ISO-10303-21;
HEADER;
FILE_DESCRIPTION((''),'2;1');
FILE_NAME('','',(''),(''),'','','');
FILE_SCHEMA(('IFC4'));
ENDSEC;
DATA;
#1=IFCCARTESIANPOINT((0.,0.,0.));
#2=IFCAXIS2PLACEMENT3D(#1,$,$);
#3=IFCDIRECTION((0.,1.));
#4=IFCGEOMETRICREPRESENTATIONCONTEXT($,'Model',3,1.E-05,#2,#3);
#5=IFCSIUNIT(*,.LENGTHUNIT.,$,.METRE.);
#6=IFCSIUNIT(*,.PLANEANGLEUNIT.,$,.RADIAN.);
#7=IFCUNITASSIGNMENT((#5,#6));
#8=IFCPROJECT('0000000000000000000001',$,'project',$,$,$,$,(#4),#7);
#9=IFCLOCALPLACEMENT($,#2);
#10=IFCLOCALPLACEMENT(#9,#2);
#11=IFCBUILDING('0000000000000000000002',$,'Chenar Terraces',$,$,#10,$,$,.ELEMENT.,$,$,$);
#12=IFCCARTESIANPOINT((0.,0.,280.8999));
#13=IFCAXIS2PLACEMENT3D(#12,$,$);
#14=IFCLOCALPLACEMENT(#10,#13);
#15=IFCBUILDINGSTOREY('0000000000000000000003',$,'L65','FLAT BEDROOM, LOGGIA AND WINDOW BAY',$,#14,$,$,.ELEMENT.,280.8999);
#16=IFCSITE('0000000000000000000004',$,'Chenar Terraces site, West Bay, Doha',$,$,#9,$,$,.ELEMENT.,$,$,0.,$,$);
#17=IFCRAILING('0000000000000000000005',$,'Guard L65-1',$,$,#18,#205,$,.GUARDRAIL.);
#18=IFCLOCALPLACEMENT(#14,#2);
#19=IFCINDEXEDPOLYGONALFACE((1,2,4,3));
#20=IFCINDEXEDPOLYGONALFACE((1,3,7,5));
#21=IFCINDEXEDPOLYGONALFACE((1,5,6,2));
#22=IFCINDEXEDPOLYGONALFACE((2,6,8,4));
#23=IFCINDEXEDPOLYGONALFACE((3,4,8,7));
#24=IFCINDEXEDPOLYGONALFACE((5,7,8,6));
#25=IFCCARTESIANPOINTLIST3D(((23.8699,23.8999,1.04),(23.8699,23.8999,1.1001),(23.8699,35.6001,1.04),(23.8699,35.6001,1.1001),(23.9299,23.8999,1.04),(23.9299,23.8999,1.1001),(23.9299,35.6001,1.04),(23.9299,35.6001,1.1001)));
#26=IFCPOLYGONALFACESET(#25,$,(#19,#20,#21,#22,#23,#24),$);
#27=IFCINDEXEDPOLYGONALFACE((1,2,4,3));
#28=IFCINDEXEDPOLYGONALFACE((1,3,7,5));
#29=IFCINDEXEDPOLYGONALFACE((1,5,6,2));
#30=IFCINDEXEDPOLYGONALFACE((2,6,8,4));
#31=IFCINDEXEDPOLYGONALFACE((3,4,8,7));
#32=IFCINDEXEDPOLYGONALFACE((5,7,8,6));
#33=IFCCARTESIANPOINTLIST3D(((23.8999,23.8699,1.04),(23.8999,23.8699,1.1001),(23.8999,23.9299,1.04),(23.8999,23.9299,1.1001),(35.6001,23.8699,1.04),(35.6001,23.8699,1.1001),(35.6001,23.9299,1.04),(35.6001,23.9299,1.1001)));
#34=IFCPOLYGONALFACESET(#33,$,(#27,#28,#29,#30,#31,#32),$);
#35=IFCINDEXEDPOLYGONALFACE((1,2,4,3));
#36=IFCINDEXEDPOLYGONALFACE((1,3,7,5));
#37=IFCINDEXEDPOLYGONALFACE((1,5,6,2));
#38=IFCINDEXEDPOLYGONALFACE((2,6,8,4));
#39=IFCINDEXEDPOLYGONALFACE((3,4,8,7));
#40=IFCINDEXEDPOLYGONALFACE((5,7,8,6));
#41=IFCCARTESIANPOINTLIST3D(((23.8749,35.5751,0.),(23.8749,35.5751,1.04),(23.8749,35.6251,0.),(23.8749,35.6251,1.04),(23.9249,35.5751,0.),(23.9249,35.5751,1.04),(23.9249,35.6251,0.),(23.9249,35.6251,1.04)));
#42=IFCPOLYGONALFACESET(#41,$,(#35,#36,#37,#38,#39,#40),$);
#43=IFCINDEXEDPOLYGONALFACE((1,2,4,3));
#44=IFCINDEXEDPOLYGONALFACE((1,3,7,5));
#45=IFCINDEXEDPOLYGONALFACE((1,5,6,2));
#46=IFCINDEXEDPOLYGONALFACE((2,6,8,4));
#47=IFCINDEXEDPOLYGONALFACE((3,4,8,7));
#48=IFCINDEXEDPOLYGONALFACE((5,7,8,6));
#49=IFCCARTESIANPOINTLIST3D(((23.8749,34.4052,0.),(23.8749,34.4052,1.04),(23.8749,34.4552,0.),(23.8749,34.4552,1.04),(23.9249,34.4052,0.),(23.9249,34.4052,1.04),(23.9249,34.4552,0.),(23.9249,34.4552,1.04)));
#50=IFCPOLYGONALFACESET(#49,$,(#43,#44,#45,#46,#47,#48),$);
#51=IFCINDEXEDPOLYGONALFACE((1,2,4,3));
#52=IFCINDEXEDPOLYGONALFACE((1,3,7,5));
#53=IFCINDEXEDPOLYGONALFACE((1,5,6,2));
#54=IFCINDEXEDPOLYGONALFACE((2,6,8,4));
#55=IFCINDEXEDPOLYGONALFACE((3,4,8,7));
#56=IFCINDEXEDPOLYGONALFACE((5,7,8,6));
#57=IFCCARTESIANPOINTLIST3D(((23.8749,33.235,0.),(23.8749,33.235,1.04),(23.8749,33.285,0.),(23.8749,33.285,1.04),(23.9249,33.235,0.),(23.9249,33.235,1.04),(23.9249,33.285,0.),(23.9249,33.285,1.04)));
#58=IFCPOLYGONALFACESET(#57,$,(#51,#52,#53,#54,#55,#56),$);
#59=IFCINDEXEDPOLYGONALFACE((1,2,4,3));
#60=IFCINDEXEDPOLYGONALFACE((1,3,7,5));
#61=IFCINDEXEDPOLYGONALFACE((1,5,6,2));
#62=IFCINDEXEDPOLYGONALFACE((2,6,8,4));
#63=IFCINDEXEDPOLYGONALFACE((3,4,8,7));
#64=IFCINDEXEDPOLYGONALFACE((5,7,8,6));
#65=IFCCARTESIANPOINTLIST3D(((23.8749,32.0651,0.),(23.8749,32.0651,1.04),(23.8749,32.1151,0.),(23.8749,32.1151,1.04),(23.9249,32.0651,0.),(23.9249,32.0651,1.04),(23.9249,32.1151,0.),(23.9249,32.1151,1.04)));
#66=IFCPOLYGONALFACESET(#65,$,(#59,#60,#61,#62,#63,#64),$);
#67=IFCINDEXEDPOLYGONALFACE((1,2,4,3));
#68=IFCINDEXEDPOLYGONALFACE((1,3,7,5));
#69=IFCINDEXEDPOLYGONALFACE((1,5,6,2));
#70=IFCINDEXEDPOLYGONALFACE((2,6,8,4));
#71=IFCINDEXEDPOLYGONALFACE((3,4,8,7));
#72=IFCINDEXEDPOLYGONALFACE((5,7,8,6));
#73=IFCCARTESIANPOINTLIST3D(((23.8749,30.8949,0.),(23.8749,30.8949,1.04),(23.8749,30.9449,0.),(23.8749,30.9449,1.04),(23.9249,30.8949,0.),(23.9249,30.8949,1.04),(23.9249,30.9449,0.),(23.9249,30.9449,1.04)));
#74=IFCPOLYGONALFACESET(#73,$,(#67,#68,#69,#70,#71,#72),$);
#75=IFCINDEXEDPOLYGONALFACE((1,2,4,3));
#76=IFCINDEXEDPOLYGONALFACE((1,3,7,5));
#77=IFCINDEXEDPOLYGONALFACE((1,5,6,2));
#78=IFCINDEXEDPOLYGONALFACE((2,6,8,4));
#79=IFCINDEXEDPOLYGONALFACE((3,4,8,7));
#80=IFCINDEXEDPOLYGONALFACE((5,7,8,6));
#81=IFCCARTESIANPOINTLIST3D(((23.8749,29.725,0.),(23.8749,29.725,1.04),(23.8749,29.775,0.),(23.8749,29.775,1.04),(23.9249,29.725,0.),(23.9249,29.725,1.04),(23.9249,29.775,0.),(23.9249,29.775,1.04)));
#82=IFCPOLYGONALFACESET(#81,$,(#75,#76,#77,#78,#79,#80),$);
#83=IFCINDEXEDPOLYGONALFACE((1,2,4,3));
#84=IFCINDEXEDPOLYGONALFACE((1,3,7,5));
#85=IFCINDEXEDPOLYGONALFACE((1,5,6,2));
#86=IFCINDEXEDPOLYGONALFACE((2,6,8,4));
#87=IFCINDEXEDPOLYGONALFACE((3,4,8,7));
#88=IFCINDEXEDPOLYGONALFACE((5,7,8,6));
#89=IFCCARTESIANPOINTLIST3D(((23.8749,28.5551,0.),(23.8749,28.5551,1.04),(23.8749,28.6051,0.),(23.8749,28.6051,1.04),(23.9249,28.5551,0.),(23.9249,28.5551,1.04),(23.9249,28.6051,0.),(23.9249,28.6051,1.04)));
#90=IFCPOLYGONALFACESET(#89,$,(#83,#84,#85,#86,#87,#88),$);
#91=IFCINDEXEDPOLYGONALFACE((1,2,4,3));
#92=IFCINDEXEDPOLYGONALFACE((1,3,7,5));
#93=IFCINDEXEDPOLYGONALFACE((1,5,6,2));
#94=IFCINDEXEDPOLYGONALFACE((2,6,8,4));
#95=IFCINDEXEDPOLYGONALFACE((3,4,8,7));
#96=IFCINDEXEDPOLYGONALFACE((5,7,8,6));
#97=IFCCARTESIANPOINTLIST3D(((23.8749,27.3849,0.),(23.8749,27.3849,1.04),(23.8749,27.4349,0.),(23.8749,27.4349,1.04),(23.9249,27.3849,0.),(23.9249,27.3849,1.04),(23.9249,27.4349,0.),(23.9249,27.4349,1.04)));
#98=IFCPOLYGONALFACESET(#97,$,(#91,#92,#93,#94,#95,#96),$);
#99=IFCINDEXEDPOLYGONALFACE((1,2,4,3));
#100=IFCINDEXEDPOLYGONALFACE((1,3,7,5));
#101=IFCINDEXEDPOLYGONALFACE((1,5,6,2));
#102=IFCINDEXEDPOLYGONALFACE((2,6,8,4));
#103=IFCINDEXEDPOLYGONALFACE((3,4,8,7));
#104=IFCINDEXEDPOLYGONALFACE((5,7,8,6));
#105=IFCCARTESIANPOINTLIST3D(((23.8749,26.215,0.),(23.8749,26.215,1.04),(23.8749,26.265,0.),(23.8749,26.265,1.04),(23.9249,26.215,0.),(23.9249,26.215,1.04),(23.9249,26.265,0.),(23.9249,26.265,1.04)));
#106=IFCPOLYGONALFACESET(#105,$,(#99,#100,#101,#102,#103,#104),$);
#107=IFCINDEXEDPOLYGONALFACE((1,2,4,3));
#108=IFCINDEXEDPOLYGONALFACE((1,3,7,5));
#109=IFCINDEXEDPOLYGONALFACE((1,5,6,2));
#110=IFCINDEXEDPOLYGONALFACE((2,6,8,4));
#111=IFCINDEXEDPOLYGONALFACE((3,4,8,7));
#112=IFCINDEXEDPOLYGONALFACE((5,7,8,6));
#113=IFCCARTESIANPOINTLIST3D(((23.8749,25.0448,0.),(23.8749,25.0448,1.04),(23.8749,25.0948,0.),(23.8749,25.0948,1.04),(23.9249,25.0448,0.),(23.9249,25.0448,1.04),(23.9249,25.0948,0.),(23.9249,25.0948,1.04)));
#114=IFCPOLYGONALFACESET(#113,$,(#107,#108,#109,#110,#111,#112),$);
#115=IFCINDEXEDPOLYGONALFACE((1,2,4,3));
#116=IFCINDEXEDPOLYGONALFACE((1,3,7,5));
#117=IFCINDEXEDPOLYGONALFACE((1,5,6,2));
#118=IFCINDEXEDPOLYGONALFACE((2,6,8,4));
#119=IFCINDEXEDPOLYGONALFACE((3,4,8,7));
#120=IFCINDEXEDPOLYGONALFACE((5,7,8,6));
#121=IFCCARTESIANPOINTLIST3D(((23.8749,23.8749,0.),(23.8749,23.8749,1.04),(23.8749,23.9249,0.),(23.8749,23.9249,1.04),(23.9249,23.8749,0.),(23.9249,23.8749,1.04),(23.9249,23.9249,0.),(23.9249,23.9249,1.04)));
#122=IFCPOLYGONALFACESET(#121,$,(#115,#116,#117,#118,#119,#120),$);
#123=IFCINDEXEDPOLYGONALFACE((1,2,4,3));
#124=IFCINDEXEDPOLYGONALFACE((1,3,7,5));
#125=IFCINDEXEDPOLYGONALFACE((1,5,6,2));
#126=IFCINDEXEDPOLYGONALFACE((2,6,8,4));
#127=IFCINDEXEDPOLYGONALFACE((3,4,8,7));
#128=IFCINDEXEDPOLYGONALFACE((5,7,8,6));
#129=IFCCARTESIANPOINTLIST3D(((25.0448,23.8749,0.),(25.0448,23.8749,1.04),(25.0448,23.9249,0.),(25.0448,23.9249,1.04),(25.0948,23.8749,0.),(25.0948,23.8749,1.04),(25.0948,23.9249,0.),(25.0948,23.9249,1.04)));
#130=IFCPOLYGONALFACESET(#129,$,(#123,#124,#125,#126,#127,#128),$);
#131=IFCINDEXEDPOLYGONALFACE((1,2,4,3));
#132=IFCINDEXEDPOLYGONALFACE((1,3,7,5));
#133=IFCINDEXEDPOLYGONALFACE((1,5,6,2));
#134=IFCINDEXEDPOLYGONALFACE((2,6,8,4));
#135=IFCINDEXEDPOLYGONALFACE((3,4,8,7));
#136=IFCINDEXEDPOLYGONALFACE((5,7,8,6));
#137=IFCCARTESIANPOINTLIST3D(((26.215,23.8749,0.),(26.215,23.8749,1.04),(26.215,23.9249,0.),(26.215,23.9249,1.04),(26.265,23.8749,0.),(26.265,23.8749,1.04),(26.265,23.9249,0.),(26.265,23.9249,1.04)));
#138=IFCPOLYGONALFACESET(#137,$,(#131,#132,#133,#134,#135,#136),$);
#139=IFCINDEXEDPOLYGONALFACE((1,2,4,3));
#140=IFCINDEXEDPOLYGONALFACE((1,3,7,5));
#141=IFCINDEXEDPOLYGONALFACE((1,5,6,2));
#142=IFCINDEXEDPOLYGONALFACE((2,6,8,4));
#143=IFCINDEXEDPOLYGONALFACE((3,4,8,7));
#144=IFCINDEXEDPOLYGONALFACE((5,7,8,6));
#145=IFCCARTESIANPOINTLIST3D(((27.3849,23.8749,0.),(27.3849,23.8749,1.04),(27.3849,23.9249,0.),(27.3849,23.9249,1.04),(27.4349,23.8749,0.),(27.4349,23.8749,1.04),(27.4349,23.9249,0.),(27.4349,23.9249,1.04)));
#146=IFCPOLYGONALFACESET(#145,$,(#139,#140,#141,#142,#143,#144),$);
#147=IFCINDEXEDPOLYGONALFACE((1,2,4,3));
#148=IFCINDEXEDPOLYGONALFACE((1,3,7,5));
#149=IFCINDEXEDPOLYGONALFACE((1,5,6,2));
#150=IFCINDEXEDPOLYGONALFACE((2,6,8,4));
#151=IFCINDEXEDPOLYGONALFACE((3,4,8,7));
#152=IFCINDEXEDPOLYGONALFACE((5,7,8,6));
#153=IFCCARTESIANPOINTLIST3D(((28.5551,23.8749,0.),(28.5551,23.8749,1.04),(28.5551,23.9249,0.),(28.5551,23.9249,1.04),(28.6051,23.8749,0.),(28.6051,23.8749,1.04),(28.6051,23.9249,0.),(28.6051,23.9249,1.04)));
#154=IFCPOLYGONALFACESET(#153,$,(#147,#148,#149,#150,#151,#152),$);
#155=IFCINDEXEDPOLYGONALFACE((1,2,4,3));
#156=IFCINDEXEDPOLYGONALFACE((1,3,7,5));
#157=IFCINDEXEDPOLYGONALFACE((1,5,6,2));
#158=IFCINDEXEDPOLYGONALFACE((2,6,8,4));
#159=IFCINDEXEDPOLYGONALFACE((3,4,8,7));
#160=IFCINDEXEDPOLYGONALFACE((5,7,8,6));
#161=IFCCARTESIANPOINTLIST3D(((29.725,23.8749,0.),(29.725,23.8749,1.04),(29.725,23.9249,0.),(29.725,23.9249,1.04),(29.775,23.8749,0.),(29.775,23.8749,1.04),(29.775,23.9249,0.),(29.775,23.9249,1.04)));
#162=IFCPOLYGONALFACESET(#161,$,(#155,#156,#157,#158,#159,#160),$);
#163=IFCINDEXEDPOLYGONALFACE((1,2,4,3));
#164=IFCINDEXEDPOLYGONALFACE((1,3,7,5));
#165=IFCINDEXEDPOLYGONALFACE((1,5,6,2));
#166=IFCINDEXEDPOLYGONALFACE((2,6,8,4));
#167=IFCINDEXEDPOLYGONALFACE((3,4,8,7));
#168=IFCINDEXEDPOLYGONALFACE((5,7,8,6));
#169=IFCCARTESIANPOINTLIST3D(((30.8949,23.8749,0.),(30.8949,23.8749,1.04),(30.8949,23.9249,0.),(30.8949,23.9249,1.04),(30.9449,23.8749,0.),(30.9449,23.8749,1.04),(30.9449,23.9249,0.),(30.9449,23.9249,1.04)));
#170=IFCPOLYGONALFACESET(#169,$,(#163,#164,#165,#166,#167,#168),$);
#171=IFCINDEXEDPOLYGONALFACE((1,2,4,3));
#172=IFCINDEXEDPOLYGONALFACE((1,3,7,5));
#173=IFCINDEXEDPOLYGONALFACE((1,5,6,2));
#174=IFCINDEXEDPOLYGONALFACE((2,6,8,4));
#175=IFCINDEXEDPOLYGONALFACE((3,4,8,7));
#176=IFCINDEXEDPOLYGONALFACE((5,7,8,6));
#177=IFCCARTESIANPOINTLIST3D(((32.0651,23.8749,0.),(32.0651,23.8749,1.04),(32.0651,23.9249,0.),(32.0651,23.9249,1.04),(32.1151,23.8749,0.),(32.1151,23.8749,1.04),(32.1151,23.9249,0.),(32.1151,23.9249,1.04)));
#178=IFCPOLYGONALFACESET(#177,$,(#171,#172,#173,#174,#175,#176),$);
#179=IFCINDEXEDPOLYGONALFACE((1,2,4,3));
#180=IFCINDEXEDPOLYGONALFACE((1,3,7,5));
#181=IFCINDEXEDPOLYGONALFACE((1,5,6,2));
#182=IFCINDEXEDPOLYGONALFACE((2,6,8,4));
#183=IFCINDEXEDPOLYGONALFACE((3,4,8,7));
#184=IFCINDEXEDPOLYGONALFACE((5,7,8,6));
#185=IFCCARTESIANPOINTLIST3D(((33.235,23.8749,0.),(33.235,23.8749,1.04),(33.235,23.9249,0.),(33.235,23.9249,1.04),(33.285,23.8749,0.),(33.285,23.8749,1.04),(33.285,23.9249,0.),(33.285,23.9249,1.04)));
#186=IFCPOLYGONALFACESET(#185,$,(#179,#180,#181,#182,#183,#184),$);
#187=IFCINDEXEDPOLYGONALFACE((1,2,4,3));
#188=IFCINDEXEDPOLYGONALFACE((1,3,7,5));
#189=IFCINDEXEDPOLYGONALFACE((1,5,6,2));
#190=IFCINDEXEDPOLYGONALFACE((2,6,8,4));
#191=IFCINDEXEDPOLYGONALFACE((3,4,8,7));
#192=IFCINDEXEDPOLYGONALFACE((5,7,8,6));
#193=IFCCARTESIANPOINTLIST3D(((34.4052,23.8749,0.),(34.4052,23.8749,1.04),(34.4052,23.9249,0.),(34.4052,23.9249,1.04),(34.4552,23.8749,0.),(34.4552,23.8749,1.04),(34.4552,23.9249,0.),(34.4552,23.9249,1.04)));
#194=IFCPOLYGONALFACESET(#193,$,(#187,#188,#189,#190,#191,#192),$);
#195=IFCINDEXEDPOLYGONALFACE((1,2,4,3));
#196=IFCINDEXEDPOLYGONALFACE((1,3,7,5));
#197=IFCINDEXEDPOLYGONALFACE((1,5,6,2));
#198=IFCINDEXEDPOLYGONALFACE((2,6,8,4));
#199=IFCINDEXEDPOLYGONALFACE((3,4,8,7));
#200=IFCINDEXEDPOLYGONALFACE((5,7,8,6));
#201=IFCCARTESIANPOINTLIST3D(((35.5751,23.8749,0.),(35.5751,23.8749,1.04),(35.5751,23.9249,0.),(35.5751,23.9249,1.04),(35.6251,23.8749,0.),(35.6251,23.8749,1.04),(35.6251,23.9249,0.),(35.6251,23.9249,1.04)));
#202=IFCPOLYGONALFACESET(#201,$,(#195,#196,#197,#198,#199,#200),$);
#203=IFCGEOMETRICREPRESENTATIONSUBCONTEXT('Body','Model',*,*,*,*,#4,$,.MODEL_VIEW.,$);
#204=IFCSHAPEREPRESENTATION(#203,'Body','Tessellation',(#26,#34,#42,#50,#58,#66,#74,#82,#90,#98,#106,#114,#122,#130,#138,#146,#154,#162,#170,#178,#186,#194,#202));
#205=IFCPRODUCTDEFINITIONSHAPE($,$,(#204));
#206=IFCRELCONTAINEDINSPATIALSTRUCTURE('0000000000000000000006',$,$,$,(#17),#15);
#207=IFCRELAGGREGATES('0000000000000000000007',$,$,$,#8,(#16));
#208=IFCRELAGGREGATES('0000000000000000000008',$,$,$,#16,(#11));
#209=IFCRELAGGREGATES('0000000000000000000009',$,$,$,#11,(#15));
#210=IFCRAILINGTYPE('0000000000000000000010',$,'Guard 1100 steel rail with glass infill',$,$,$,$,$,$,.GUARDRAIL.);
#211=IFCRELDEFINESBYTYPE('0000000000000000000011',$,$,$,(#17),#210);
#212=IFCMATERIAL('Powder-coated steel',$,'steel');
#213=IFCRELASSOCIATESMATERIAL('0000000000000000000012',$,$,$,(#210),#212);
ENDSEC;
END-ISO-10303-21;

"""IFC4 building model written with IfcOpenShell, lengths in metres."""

from ifc_helpers import new_model, si_unit, direction, frame, origin, origin_2d, place, context, subcontext, project, spatial, rectangle, extrude, material, type_object, element, save


model = new_model("IFC4")

# Units and contexts
model_context = context("Model", 3, precision=1e-05, world=origin(), true_north=direction((0.0, 1.0)))
body_context = subcontext(model_context, "Body", "Model", "MODEL_VIEW")
ifc_project = project(units=[si_unit("LENGTHUNIT", "METRE"), si_unit("PLANEANGLEUNIT", "RADIAN")], contexts=[model_context])

# Site, building, storey
site_placement = place(None, origin())
site = spatial("IfcSite", under=ifc_project, at=site_placement, Name="Chenar Terraces site, West Bay, Doha", CompositionType="ELEMENT", RefElevation=0.0)
building_placement = place(site_placement, origin())
building = spatial("IfcBuilding", under=site, at=building_placement, Name="Chenar Terraces", CompositionType="ELEMENT")
storey_placement = place(building_placement, frame((0.0, 0.0, 280.8999)))
storey = spatial("IfcBuildingStorey", under=building, at=storey_placement, Name="L65", Description="FLAT BEDROOM, LOGGIA AND WINDOW BAY", CompositionType="ELEMENT", Elevation=280.8999)

# Railing
ifc_material_1 = material(Name="Powder-coated steel", Category="steel")
railing_type = type_object("IfcRailingType", Name="Guard 1100 steel rail with glass infill", PredefinedType="GUARDRAIL", material=ifc_material_1)
railing_1_placement = place(storey_placement, frame((23.8999, 35.6001, 0.0)))
element("IfcRailing", 1, at=railing_1_placement, inside=storey, type_object=railing_type, Name="Guard L65-1", PredefinedType="GUARDRAIL", context=body_context, shape_type="SweptSolid", body=[
    extrude(rectangle(XDim=0.0601, YDim=0.0601, at=origin_2d()), frame((0.0, 0.0, 1.0701), z_axis=(0.0, -1.0, 0.0), x_axis=(1.0, 0.0, 0.0)), (0.0, 0.0, 1.0), 11.7002),
    extrude(rectangle(XDim=0.0601, YDim=0.0601, at=origin_2d()), frame((0.0, -11.7002, 1.0701), z_axis=(1.0, 0.0, 0.0), x_axis=(0.0, 1.0, 0.0)), (0.0, 0.0, 1.0), 11.7002),
    extrude(rectangle(XDim=0.05, YDim=0.05, at=origin_2d()), origin(), (0.0, 0.0, 1.0), 1.04),
    extrude(rectangle(XDim=0.05, YDim=0.05, at=origin_2d()), frame((0.0, -1.1699, 0.0)), (0.0, 0.0, 1.0), 1.04),
    extrude(rectangle(XDim=0.05, YDim=0.05, at=origin_2d()), frame((0.0, -2.3401, 0.0)), (0.0, 0.0, 1.0), 1.04),
    extrude(rectangle(XDim=0.05, YDim=0.05, at=origin_2d()), frame((0.0, -3.51, 0.0)), (0.0, 0.0, 1.0), 1.04),
    extrude(rectangle(XDim=0.05, YDim=0.05, at=origin_2d()), frame((0.0, -4.6802, 0.0)), (0.0, 0.0, 1.0), 1.04),
    extrude(rectangle(XDim=0.05, YDim=0.05, at=origin_2d()), frame((0.0, -5.8501, 0.0)), (0.0, 0.0, 1.0), 1.04),
    extrude(rectangle(XDim=0.05, YDim=0.05, at=origin_2d()), frame((0.0, -7.02, 0.0)), (0.0, 0.0, 1.0), 1.04),
    extrude(rectangle(XDim=0.05, YDim=0.05, at=origin_2d()), frame((0.0, -8.1902, 0.0)), (0.0, 0.0, 1.0), 1.04),
    extrude(rectangle(XDim=0.05, YDim=0.05, at=origin_2d()), frame((0.0, -9.3601, 0.0)), (0.0, 0.0, 1.0), 1.04),
    extrude(rectangle(XDim=0.05, YDim=0.05, at=origin_2d()), frame((0.0, -10.5303, 0.0)), (0.0, 0.0, 1.0), 1.04),
    extrude(rectangle(XDim=0.05, YDim=0.05, at=origin_2d()), frame((0.0, -11.7002, 0.0)), (0.0, 0.0, 1.0), 1.04),
    extrude(rectangle(XDim=0.05, YDim=0.05, at=origin_2d()), frame((1.1699, -11.7002, 0.0)), (0.0, 0.0, 1.0), 1.04),
    extrude(rectangle(XDim=0.05, YDim=0.05, at=origin_2d()), frame((2.3401, -11.7002, 0.0)), (0.0, 0.0, 1.0), 1.04),
    extrude(rectangle(XDim=0.05, YDim=0.05, at=origin_2d()), frame((3.51, -11.7002, 0.0)), (0.0, 0.0, 1.0), 1.04),
    extrude(rectangle(XDim=0.05, YDim=0.05, at=origin_2d()), frame((4.6802, -11.7002, 0.0)), (0.0, 0.0, 1.0), 1.04),
    extrude(rectangle(XDim=0.05, YDim=0.05, at=origin_2d()), frame((5.8501, -11.7002, 0.0)), (0.0, 0.0, 1.0), 1.04),
    extrude(rectangle(XDim=0.05, YDim=0.05, at=origin_2d()), frame((7.02, -11.7002, 0.0)), (0.0, 0.0, 1.0), 1.04),
    extrude(rectangle(XDim=0.05, YDim=0.05, at=origin_2d()), frame((8.1902, -11.7002, 0.0)), (0.0, 0.0, 1.0), 1.04),
    extrude(rectangle(XDim=0.05, YDim=0.05, at=origin_2d()), frame((9.3601, -11.7002, 0.0)), (0.0, 0.0, 1.0), 1.04),
    extrude(rectangle(XDim=0.05, YDim=0.05, at=origin_2d()), frame((10.5303, -11.7002, 0.0)), (0.0, 0.0, 1.0), 1.04),
    extrude(rectangle(XDim=0.05, YDim=0.05, at=origin_2d()), frame((11.7002, -11.7002, 0.0)), (0.0, 0.0, 1.0), 1.04),
])

save(model, "model.ifc")
